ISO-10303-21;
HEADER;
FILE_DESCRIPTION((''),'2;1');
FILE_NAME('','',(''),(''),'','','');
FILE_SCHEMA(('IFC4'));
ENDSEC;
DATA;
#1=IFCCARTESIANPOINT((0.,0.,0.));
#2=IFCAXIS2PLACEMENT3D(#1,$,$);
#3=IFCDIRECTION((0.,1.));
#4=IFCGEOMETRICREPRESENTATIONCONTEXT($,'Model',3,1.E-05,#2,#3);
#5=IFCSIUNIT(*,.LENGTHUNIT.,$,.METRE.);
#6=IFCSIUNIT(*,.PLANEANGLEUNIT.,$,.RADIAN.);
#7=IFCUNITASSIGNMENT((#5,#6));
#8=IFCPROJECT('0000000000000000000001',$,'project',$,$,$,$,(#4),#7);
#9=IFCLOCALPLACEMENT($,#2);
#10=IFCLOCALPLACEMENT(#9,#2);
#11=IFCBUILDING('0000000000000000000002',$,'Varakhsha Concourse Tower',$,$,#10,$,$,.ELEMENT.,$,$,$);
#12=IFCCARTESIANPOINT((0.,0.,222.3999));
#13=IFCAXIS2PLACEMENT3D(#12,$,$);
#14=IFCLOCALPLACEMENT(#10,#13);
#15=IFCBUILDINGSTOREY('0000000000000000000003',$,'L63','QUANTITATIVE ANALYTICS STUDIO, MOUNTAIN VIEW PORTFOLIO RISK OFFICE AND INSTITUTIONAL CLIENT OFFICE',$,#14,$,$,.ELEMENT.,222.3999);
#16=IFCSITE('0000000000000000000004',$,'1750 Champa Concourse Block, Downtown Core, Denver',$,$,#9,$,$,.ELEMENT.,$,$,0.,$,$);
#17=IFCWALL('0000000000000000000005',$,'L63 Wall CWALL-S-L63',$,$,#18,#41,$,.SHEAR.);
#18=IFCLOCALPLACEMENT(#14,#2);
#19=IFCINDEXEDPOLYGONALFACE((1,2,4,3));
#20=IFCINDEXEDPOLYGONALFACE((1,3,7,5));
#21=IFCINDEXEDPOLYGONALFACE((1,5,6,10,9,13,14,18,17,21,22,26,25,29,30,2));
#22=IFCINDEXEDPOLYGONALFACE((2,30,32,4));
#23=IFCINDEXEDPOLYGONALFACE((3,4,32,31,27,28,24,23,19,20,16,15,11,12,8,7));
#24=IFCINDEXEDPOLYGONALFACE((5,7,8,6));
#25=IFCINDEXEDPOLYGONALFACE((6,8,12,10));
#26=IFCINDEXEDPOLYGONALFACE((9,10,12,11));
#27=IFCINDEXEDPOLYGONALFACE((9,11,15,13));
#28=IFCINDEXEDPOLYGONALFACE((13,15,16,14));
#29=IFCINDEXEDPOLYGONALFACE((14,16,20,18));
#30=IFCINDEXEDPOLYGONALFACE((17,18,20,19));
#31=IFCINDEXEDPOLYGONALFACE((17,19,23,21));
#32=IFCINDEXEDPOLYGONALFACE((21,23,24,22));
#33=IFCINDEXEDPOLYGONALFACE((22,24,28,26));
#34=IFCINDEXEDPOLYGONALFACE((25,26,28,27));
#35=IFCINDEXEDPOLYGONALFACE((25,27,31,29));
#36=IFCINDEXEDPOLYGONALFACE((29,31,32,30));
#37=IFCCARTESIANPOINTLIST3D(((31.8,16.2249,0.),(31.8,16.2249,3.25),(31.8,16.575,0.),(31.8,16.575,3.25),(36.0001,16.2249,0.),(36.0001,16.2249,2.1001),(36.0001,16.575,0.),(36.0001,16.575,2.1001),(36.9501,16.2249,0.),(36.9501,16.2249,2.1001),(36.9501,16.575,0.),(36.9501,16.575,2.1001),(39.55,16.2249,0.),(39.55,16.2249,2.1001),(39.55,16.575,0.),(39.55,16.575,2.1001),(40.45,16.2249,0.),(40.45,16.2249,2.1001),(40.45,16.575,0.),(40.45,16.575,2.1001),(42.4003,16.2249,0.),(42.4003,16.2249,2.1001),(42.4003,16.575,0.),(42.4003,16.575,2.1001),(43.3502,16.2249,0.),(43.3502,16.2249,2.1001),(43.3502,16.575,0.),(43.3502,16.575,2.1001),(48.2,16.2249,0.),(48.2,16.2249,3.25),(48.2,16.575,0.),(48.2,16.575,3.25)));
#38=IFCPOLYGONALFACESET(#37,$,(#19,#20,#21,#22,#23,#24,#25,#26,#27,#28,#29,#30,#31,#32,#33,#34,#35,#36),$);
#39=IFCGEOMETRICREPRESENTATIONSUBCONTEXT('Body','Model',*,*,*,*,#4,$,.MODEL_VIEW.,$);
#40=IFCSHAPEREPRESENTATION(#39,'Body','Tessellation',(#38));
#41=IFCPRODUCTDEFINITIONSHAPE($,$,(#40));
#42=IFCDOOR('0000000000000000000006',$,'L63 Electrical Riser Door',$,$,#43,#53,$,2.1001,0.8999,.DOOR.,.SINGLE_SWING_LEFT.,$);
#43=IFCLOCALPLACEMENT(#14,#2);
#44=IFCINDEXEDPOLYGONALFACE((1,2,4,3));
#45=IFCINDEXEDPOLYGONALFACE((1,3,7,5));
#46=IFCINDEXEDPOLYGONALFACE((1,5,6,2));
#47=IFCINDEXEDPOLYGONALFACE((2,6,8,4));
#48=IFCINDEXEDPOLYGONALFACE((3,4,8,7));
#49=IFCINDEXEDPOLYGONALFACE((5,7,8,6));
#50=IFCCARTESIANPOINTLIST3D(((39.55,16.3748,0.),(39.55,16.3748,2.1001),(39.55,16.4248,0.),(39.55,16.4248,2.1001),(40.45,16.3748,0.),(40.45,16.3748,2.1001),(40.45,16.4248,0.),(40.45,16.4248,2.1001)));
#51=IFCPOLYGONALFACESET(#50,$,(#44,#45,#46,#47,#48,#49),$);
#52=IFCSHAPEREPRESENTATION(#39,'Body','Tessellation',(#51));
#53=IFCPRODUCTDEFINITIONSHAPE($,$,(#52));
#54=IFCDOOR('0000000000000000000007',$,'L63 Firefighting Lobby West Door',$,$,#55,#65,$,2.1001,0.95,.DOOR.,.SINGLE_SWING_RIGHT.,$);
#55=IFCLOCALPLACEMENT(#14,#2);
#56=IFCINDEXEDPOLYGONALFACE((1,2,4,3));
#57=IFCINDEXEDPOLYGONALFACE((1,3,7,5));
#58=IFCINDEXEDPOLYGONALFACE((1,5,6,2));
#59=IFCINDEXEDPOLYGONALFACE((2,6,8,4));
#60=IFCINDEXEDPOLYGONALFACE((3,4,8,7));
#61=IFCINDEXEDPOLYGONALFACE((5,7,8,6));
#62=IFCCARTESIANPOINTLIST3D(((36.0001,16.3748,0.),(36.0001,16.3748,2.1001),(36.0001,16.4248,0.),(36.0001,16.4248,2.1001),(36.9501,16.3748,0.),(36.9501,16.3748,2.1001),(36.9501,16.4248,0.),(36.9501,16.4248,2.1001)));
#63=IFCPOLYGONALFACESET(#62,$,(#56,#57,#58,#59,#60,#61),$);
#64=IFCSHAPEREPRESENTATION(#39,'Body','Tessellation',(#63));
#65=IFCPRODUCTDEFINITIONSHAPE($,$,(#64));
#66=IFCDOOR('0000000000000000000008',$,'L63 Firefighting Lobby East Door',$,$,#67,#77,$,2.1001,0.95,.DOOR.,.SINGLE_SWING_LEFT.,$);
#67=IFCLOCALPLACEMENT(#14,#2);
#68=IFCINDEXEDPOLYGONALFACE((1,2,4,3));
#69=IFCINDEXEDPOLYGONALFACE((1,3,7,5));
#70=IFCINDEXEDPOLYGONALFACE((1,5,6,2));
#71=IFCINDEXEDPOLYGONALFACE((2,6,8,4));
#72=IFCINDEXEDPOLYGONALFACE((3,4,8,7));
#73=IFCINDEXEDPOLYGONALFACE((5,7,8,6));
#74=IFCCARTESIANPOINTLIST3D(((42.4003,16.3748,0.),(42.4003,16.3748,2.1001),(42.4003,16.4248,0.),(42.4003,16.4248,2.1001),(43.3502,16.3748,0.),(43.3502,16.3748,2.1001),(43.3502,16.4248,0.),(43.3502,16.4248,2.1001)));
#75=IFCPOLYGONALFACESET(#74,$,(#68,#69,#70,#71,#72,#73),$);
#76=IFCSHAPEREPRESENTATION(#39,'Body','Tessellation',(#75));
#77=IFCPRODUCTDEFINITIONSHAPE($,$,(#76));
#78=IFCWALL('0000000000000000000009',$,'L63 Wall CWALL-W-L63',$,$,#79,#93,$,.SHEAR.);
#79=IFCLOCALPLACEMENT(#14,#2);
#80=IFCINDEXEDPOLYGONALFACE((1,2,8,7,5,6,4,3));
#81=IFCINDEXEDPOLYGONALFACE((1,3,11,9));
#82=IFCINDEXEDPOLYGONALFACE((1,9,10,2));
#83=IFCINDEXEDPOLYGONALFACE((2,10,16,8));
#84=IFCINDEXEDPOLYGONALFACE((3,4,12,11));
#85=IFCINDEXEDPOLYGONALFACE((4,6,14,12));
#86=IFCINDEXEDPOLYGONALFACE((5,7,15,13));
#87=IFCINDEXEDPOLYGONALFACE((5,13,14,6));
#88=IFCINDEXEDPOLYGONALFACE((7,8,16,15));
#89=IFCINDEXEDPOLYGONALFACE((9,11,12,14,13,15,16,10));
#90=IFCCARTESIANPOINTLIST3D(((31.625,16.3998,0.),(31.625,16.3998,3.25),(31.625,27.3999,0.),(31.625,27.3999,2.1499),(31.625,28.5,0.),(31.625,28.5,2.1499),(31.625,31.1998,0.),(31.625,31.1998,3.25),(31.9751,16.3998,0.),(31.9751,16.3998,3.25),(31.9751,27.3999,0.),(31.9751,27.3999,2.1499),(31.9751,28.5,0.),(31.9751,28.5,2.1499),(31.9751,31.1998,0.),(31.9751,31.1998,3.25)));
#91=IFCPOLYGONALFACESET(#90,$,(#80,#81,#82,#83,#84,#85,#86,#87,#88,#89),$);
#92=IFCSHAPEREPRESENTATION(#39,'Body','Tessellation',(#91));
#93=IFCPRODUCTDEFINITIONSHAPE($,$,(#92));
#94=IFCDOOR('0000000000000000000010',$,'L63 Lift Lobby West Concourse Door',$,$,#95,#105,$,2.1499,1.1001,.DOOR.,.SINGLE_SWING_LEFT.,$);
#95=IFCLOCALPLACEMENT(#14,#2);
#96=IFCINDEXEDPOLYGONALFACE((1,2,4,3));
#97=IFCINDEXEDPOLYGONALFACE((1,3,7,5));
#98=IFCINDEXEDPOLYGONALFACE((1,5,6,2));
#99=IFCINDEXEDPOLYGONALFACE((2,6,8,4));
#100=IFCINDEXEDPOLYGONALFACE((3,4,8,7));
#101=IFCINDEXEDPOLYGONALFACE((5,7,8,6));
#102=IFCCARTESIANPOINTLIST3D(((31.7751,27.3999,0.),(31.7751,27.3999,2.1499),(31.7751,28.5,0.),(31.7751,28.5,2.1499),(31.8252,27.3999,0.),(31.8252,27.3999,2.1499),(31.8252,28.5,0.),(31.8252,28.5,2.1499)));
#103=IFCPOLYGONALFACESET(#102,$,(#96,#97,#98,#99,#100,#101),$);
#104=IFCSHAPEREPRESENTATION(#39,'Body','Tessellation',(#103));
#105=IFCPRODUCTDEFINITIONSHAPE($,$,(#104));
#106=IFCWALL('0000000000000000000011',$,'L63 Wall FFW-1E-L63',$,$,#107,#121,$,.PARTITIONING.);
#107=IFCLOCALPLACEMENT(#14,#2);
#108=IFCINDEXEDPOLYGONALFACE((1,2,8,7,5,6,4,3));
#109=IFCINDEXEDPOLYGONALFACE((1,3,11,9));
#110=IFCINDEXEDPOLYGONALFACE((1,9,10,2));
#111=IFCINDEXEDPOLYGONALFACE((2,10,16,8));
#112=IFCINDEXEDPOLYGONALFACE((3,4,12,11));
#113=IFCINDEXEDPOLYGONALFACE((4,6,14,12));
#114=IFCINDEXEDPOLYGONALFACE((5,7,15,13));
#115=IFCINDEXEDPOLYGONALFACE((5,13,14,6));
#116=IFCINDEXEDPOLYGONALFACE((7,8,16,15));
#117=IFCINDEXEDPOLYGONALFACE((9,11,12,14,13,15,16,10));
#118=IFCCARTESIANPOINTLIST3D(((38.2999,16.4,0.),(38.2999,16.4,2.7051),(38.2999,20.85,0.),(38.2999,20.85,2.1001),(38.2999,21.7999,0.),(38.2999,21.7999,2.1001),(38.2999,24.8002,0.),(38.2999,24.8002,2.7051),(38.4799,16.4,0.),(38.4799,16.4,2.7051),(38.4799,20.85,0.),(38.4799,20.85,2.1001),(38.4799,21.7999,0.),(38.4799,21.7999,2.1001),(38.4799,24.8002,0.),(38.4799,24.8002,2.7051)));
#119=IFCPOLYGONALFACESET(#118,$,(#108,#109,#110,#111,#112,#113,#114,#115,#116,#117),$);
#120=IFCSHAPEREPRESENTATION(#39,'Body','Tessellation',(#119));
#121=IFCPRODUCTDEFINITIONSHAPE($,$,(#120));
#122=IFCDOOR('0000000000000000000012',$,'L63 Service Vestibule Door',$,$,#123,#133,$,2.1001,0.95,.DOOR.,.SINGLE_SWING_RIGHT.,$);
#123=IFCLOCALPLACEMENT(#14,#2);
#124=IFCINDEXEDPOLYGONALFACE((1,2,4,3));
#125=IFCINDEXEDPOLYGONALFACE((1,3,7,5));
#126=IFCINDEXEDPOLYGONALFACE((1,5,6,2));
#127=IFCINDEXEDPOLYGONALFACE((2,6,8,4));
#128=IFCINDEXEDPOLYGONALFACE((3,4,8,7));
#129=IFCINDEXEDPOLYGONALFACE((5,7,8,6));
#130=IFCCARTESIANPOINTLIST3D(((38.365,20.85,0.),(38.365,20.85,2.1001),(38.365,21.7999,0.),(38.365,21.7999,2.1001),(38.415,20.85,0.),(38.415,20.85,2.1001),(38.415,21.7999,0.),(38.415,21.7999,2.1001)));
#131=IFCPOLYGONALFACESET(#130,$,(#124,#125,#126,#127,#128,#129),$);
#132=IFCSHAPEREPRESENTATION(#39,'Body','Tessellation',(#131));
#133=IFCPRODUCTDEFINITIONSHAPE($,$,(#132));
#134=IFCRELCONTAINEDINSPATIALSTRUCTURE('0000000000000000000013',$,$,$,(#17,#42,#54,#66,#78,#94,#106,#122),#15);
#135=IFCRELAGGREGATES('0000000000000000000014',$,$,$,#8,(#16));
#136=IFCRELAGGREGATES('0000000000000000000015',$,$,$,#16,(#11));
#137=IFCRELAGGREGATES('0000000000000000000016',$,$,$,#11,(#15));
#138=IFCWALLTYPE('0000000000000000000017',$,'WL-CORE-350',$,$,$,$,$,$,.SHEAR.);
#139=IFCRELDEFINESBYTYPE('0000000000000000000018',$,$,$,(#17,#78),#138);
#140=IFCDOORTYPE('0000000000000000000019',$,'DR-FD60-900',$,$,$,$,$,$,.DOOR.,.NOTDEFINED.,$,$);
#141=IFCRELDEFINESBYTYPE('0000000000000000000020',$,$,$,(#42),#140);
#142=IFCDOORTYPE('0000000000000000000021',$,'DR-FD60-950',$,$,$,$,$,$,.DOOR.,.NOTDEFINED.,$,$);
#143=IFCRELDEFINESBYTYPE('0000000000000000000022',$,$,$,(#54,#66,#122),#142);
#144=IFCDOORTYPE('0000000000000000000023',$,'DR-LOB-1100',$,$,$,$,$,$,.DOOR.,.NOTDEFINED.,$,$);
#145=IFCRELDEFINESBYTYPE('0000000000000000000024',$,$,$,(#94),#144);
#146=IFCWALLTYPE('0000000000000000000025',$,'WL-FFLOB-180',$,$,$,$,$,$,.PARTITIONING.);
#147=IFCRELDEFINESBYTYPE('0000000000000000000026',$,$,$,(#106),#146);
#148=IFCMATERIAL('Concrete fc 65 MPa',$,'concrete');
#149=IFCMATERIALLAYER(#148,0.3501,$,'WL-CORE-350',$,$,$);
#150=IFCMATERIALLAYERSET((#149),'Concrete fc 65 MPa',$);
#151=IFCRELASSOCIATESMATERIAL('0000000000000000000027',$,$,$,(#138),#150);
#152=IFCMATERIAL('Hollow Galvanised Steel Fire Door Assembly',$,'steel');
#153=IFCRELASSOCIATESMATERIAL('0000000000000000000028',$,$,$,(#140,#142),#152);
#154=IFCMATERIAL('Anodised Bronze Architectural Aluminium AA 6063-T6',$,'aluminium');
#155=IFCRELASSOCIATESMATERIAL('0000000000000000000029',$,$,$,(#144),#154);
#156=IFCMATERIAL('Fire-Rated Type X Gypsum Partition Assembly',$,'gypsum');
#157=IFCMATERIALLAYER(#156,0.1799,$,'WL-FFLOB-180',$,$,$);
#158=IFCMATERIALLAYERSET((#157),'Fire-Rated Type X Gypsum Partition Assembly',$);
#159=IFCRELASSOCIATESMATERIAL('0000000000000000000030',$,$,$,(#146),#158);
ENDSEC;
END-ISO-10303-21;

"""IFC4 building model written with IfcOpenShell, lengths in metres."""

from ifc_helpers import new_model, si_unit, direction, frame, frame_2d, origin, place, context, subcontext, project, spatial, rectangle, extrude, material, layer, layer_set, type_object, element, fill, save


model = new_model("IFC4")

# Units and contexts
model_context = context("Model", 3, precision=1e-05, world=origin(), true_north=direction((0.0, 1.0)))
body_context = subcontext(model_context, "Body", "Model", "MODEL_VIEW")
ifc_project = project(units=[si_unit("LENGTHUNIT", "METRE"), si_unit("PLANEANGLEUNIT", "RADIAN")], contexts=[model_context])

# Site, building, storey
site_placement = place(None, origin())
site = spatial("IfcSite", under=ifc_project, at=site_placement, Name="1750 Champa Concourse Block, Downtown Core, Denver", CompositionType="ELEMENT", RefElevation=0.0)
building_placement = place(site_placement, origin())
building = spatial("IfcBuilding", under=site, at=building_placement, Name="Varakhsha Concourse Tower", CompositionType="ELEMENT")
storey_placement = place(building_placement, frame((0.0, 0.0, 222.3999)))
storey = spatial("IfcBuildingStorey", under=building, at=storey_placement, Name="L63", Description="QUANTITATIVE ANALYTICS STUDIO, MOUNTAIN VIEW PORTFOLIO RISK OFFICE AND INSTITUTIONAL CLIENT OFFICE", CompositionType="ELEMENT", Elevation=222.3999)

# Shared definitions
ifc_material_1 = material(Name="Anodised Bronze Architectural Aluminium AA 6063-T6", Category="aluminium")

# Wall, openings, doors
ifc_material_2 = material(Name="Concrete fc 65 MPa", Category="concrete")
ifc_layer_1 = layer(ifc_material_2, 0.3501, Name="WL-CORE-350")
ifc_layer_set_1 = layer_set([ifc_layer_1], Name="Concrete fc 65 MPa")
wall_type_1 = type_object("IfcWallType", Name="WL-CORE-350", PredefinedType="SHEAR", material=ifc_layer_set_1)
wall_1_placement = place(storey_placement, frame((31.8, 16.3999, 0.0), z_axis=(0.0, 0.0, 1.0), x_axis=(1.0, 0.0, 0.0)))
wall_1 = element("IfcWall", 1, at=wall_1_placement, inside=storey, type_object=wall_type_1, Name="L63 Wall CWALL-S-L63", PredefinedType="SHEAR", context=body_context, shape_type="SweptSolid", body=[
    extrude(rectangle(XDim=16.3999, YDim=0.3501, at=frame_2d((8.2, 0.0))), origin(), (0.0, 0.0, 1.0), 3.25),
])
opening_1_placement = place(wall_1_placement, frame((7.75, 0.0, 0.0)))
opening_1 = element("IfcOpeningElement", 2, at=opening_1_placement, cuts=wall_1, PredefinedType="OPENING", context=body_context, shape_type="SweptSolid", body=[
    extrude(rectangle(XDim=0.8999, YDim=2.1001, at=frame_2d((0.45, 1.05))), frame((0.0, 0.1851, 0.0), z_axis=(0.0, -1.0, 0.0), x_axis=(1.0, 0.0, 0.0)), (0.0, 0.0, 1.0), 0.3701),
])
opening_2_placement = place(wall_1_placement, frame((4.2, 0.0, 0.0)))
opening_2 = element("IfcOpeningElement", 3, at=opening_2_placement, cuts=wall_1, PredefinedType="OPENING", context=body_context, shape_type="SweptSolid", body=[
    extrude(rectangle(XDim=0.95, YDim=2.1001, at=frame_2d((0.4751, 1.05))), frame((0.0, 0.1851, 0.0), z_axis=(0.0, -1.0, 0.0), x_axis=(1.0, 0.0, 0.0)), (0.0, 0.0, 1.0), 0.3701),
])
opening_3_placement = place(wall_1_placement, frame((10.6001, 0.0, 0.0)))
opening_3 = element("IfcOpeningElement", 4, at=opening_3_placement, cuts=wall_1, PredefinedType="OPENING", context=body_context, shape_type="SweptSolid", body=[
    extrude(rectangle(XDim=0.95, YDim=2.1001, at=frame_2d((0.4751, 1.05))), frame((0.0, 0.1851, 0.0), z_axis=(0.0, -1.0, 0.0), x_axis=(1.0, 0.0, 0.0)), (0.0, 0.0, 1.0), 0.3701),
])
ifc_material_3 = material(Name="Hollow Galvanised Steel Fire Door Assembly", Category="steel")
door_type_1 = type_object("IfcDoorType", Name="DR-FD60-900", OperationType="NOTDEFINED", PredefinedType="DOOR", material=ifc_material_3)
door_1_placement = place(opening_1_placement, origin())
door_1 = element("IfcDoor", 5, at=door_1_placement, inside=storey, type_object=door_type_1, Name="L63 Electrical Riser Door", OperationType="SINGLE_SWING_LEFT", OverallHeight=2.1001, OverallWidth=0.8999, PredefinedType="DOOR", context=body_context, shape_type="SweptSolid", body=[
    extrude(rectangle(XDim=0.8999, YDim=2.1001, at=frame_2d((0.45, 1.05))), frame((0.0, 0.0249, 0.0), z_axis=(0.0, -1.0, 0.0), x_axis=(1.0, 0.0, 0.0)), (0.0, 0.0, 1.0), 0.05),
])
fill(opening_1, door_1)
door_type_2 = type_object("IfcDoorType", Name="DR-FD60-950", OperationType="NOTDEFINED", PredefinedType="DOOR", material=ifc_material_3)
door_2_placement = place(opening_2_placement, origin())
door_2 = element("IfcDoor", 6, at=door_2_placement, inside=storey, type_object=door_type_2, Name="L63 Firefighting Lobby West Door", OperationType="SINGLE_SWING_RIGHT", OverallHeight=2.1001, OverallWidth=0.95, PredefinedType="DOOR", context=body_context, shape_type="SweptSolid", body=[
    extrude(rectangle(XDim=0.95, YDim=2.1001, at=frame_2d((0.4751, 1.05))), frame((0.0, 0.0249, 0.0), z_axis=(0.0, -1.0, 0.0), x_axis=(1.0, 0.0, 0.0)), (0.0, 0.0, 1.0), 0.05),
])
fill(opening_2, door_2)
door_3_placement = place(opening_3_placement, origin())
door_3 = element("IfcDoor", 7, at=door_3_placement, inside=storey, type_object=door_type_2, Name="L63 Firefighting Lobby East Door", OperationType="SINGLE_SWING_LEFT", OverallHeight=2.1001, OverallWidth=0.95, PredefinedType="DOOR", context=body_context, shape_type="SweptSolid", body=[
    extrude(rectangle(XDim=0.95, YDim=2.1001, at=frame_2d((0.4751, 1.05))), frame((0.0, 0.0249, 0.0), z_axis=(0.0, -1.0, 0.0), x_axis=(1.0, 0.0, 0.0)), (0.0, 0.0, 1.0), 0.05),
])
fill(opening_3, door_3)

# Walls, openings, doors
wall_2_placement = place(storey_placement, frame((31.8, 16.3999, 0.0), z_axis=(0.0, 0.0, 1.0), x_axis=(0.0, 1.0, 0.0)))
wall_2 = element("IfcWall", 8, at=wall_2_placement, inside=storey, type_object=wall_type_1, Name="L63 Wall CWALL-W-L63", PredefinedType="SHEAR", context=body_context, shape_type="SweptSolid", body=[
    extrude(rectangle(XDim=14.8, YDim=0.3501, at=frame_2d((7.3999, 0.0))), origin(), (0.0, 0.0, 1.0), 3.25),
])
opening_4_placement = place(wall_2_placement, frame((11.0, 0.0, 0.0)))
opening_4 = element("IfcOpeningElement", 9, at=opening_4_placement, cuts=wall_2, PredefinedType="OPENING", context=body_context, shape_type="SweptSolid", body=[
    extrude(rectangle(XDim=1.1001, YDim=2.1499, at=frame_2d((0.55, 1.075))), frame((0.0, 0.1851, 0.0), z_axis=(0.0, -1.0, 0.0), x_axis=(1.0, 0.0, 0.0)), (0.0, 0.0, 1.0), 0.3701),
])
door_type_3 = type_object("IfcDoorType", Name="DR-LOB-1100", OperationType="NOTDEFINED", PredefinedType="DOOR", material=ifc_material_1)
door_4_placement = place(opening_4_placement, origin())
door_4 = element("IfcDoor", 10, at=door_4_placement, inside=storey, type_object=door_type_3, Name="L63 Lift Lobby West Concourse Door", OperationType="SINGLE_SWING_LEFT", OverallHeight=2.1499, OverallWidth=1.1001, PredefinedType="DOOR", context=body_context, shape_type="SweptSolid", body=[
    extrude(rectangle(XDim=1.1001, YDim=2.1499, at=frame_2d((0.55, 1.075))), frame((0.0, 0.0249, 0.0), z_axis=(0.0, -1.0, 0.0), x_axis=(1.0, 0.0, 0.0)), (0.0, 0.0, 1.0), 0.05),
])
fill(opening_4, door_4)
ifc_material_4 = material(Name="Fire-Rated Type X Gypsum Partition Assembly", Category="gypsum")
ifc_layer_2 = layer(ifc_material_4, 0.1799, Name="WL-FFLOB-180")
ifc_layer_set_2 = layer_set([ifc_layer_2], Name="Fire-Rated Type X Gypsum Partition Assembly")
wall_type_2 = type_object("IfcWallType", Name="WL-FFLOB-180", PredefinedType="PARTITIONING", material=ifc_layer_set_2)
wall_3_placement = place(storey_placement, frame((38.3899, 16.3999, 0.0), z_axis=(0.0, 0.0, 1.0), x_axis=(0.0, 1.0, 0.0)))
wall_3 = element("IfcWall", 11, at=wall_3_placement, inside=storey, type_object=wall_type_2, Name="L63 Wall FFW-1E-L63", PredefinedType="PARTITIONING", context=body_context, shape_type="SweptSolid", body=[
    extrude(rectangle(XDim=8.4001, YDim=0.1799, at=frame_2d((4.2002, 0.0))), origin(), (0.0, 0.0, 1.0), 2.7051),
])
opening_5_placement = place(wall_3_placement, frame((4.45, 0.0, 0.0)))
opening_5 = element("IfcOpeningElement", 12, at=opening_5_placement, cuts=wall_3, PredefinedType="OPENING", context=body_context, shape_type="SweptSolid", body=[
    extrude(rectangle(XDim=0.95, YDim=2.1001, at=frame_2d((0.4751, 1.05))), frame((0.0, 0.0999, 0.0), z_axis=(0.0, -1.0, 0.0), x_axis=(1.0, 0.0, 0.0)), (0.0, 0.0, 1.0), 0.2),
])
door_5_placement = place(opening_5_placement, origin())
door_5 = element("IfcDoor", 13, at=door_5_placement, inside=storey, type_object=door_type_2, Name="L63 Service Vestibule Door", OperationType="SINGLE_SWING_RIGHT", OverallHeight=2.1001, OverallWidth=0.95, PredefinedType="DOOR", context=body_context, shape_type="SweptSolid", body=[
    extrude(rectangle(XDim=0.95, YDim=2.1001, at=frame_2d((0.4751, 1.05))), frame((0.0, 0.0249, 0.0), z_axis=(0.0, -1.0, 0.0), x_axis=(1.0, 0.0, 0.0)), (0.0, 0.0, 1.0), 0.05),
])
fill(opening_5, door_5)

save(model, "model.ifc")
